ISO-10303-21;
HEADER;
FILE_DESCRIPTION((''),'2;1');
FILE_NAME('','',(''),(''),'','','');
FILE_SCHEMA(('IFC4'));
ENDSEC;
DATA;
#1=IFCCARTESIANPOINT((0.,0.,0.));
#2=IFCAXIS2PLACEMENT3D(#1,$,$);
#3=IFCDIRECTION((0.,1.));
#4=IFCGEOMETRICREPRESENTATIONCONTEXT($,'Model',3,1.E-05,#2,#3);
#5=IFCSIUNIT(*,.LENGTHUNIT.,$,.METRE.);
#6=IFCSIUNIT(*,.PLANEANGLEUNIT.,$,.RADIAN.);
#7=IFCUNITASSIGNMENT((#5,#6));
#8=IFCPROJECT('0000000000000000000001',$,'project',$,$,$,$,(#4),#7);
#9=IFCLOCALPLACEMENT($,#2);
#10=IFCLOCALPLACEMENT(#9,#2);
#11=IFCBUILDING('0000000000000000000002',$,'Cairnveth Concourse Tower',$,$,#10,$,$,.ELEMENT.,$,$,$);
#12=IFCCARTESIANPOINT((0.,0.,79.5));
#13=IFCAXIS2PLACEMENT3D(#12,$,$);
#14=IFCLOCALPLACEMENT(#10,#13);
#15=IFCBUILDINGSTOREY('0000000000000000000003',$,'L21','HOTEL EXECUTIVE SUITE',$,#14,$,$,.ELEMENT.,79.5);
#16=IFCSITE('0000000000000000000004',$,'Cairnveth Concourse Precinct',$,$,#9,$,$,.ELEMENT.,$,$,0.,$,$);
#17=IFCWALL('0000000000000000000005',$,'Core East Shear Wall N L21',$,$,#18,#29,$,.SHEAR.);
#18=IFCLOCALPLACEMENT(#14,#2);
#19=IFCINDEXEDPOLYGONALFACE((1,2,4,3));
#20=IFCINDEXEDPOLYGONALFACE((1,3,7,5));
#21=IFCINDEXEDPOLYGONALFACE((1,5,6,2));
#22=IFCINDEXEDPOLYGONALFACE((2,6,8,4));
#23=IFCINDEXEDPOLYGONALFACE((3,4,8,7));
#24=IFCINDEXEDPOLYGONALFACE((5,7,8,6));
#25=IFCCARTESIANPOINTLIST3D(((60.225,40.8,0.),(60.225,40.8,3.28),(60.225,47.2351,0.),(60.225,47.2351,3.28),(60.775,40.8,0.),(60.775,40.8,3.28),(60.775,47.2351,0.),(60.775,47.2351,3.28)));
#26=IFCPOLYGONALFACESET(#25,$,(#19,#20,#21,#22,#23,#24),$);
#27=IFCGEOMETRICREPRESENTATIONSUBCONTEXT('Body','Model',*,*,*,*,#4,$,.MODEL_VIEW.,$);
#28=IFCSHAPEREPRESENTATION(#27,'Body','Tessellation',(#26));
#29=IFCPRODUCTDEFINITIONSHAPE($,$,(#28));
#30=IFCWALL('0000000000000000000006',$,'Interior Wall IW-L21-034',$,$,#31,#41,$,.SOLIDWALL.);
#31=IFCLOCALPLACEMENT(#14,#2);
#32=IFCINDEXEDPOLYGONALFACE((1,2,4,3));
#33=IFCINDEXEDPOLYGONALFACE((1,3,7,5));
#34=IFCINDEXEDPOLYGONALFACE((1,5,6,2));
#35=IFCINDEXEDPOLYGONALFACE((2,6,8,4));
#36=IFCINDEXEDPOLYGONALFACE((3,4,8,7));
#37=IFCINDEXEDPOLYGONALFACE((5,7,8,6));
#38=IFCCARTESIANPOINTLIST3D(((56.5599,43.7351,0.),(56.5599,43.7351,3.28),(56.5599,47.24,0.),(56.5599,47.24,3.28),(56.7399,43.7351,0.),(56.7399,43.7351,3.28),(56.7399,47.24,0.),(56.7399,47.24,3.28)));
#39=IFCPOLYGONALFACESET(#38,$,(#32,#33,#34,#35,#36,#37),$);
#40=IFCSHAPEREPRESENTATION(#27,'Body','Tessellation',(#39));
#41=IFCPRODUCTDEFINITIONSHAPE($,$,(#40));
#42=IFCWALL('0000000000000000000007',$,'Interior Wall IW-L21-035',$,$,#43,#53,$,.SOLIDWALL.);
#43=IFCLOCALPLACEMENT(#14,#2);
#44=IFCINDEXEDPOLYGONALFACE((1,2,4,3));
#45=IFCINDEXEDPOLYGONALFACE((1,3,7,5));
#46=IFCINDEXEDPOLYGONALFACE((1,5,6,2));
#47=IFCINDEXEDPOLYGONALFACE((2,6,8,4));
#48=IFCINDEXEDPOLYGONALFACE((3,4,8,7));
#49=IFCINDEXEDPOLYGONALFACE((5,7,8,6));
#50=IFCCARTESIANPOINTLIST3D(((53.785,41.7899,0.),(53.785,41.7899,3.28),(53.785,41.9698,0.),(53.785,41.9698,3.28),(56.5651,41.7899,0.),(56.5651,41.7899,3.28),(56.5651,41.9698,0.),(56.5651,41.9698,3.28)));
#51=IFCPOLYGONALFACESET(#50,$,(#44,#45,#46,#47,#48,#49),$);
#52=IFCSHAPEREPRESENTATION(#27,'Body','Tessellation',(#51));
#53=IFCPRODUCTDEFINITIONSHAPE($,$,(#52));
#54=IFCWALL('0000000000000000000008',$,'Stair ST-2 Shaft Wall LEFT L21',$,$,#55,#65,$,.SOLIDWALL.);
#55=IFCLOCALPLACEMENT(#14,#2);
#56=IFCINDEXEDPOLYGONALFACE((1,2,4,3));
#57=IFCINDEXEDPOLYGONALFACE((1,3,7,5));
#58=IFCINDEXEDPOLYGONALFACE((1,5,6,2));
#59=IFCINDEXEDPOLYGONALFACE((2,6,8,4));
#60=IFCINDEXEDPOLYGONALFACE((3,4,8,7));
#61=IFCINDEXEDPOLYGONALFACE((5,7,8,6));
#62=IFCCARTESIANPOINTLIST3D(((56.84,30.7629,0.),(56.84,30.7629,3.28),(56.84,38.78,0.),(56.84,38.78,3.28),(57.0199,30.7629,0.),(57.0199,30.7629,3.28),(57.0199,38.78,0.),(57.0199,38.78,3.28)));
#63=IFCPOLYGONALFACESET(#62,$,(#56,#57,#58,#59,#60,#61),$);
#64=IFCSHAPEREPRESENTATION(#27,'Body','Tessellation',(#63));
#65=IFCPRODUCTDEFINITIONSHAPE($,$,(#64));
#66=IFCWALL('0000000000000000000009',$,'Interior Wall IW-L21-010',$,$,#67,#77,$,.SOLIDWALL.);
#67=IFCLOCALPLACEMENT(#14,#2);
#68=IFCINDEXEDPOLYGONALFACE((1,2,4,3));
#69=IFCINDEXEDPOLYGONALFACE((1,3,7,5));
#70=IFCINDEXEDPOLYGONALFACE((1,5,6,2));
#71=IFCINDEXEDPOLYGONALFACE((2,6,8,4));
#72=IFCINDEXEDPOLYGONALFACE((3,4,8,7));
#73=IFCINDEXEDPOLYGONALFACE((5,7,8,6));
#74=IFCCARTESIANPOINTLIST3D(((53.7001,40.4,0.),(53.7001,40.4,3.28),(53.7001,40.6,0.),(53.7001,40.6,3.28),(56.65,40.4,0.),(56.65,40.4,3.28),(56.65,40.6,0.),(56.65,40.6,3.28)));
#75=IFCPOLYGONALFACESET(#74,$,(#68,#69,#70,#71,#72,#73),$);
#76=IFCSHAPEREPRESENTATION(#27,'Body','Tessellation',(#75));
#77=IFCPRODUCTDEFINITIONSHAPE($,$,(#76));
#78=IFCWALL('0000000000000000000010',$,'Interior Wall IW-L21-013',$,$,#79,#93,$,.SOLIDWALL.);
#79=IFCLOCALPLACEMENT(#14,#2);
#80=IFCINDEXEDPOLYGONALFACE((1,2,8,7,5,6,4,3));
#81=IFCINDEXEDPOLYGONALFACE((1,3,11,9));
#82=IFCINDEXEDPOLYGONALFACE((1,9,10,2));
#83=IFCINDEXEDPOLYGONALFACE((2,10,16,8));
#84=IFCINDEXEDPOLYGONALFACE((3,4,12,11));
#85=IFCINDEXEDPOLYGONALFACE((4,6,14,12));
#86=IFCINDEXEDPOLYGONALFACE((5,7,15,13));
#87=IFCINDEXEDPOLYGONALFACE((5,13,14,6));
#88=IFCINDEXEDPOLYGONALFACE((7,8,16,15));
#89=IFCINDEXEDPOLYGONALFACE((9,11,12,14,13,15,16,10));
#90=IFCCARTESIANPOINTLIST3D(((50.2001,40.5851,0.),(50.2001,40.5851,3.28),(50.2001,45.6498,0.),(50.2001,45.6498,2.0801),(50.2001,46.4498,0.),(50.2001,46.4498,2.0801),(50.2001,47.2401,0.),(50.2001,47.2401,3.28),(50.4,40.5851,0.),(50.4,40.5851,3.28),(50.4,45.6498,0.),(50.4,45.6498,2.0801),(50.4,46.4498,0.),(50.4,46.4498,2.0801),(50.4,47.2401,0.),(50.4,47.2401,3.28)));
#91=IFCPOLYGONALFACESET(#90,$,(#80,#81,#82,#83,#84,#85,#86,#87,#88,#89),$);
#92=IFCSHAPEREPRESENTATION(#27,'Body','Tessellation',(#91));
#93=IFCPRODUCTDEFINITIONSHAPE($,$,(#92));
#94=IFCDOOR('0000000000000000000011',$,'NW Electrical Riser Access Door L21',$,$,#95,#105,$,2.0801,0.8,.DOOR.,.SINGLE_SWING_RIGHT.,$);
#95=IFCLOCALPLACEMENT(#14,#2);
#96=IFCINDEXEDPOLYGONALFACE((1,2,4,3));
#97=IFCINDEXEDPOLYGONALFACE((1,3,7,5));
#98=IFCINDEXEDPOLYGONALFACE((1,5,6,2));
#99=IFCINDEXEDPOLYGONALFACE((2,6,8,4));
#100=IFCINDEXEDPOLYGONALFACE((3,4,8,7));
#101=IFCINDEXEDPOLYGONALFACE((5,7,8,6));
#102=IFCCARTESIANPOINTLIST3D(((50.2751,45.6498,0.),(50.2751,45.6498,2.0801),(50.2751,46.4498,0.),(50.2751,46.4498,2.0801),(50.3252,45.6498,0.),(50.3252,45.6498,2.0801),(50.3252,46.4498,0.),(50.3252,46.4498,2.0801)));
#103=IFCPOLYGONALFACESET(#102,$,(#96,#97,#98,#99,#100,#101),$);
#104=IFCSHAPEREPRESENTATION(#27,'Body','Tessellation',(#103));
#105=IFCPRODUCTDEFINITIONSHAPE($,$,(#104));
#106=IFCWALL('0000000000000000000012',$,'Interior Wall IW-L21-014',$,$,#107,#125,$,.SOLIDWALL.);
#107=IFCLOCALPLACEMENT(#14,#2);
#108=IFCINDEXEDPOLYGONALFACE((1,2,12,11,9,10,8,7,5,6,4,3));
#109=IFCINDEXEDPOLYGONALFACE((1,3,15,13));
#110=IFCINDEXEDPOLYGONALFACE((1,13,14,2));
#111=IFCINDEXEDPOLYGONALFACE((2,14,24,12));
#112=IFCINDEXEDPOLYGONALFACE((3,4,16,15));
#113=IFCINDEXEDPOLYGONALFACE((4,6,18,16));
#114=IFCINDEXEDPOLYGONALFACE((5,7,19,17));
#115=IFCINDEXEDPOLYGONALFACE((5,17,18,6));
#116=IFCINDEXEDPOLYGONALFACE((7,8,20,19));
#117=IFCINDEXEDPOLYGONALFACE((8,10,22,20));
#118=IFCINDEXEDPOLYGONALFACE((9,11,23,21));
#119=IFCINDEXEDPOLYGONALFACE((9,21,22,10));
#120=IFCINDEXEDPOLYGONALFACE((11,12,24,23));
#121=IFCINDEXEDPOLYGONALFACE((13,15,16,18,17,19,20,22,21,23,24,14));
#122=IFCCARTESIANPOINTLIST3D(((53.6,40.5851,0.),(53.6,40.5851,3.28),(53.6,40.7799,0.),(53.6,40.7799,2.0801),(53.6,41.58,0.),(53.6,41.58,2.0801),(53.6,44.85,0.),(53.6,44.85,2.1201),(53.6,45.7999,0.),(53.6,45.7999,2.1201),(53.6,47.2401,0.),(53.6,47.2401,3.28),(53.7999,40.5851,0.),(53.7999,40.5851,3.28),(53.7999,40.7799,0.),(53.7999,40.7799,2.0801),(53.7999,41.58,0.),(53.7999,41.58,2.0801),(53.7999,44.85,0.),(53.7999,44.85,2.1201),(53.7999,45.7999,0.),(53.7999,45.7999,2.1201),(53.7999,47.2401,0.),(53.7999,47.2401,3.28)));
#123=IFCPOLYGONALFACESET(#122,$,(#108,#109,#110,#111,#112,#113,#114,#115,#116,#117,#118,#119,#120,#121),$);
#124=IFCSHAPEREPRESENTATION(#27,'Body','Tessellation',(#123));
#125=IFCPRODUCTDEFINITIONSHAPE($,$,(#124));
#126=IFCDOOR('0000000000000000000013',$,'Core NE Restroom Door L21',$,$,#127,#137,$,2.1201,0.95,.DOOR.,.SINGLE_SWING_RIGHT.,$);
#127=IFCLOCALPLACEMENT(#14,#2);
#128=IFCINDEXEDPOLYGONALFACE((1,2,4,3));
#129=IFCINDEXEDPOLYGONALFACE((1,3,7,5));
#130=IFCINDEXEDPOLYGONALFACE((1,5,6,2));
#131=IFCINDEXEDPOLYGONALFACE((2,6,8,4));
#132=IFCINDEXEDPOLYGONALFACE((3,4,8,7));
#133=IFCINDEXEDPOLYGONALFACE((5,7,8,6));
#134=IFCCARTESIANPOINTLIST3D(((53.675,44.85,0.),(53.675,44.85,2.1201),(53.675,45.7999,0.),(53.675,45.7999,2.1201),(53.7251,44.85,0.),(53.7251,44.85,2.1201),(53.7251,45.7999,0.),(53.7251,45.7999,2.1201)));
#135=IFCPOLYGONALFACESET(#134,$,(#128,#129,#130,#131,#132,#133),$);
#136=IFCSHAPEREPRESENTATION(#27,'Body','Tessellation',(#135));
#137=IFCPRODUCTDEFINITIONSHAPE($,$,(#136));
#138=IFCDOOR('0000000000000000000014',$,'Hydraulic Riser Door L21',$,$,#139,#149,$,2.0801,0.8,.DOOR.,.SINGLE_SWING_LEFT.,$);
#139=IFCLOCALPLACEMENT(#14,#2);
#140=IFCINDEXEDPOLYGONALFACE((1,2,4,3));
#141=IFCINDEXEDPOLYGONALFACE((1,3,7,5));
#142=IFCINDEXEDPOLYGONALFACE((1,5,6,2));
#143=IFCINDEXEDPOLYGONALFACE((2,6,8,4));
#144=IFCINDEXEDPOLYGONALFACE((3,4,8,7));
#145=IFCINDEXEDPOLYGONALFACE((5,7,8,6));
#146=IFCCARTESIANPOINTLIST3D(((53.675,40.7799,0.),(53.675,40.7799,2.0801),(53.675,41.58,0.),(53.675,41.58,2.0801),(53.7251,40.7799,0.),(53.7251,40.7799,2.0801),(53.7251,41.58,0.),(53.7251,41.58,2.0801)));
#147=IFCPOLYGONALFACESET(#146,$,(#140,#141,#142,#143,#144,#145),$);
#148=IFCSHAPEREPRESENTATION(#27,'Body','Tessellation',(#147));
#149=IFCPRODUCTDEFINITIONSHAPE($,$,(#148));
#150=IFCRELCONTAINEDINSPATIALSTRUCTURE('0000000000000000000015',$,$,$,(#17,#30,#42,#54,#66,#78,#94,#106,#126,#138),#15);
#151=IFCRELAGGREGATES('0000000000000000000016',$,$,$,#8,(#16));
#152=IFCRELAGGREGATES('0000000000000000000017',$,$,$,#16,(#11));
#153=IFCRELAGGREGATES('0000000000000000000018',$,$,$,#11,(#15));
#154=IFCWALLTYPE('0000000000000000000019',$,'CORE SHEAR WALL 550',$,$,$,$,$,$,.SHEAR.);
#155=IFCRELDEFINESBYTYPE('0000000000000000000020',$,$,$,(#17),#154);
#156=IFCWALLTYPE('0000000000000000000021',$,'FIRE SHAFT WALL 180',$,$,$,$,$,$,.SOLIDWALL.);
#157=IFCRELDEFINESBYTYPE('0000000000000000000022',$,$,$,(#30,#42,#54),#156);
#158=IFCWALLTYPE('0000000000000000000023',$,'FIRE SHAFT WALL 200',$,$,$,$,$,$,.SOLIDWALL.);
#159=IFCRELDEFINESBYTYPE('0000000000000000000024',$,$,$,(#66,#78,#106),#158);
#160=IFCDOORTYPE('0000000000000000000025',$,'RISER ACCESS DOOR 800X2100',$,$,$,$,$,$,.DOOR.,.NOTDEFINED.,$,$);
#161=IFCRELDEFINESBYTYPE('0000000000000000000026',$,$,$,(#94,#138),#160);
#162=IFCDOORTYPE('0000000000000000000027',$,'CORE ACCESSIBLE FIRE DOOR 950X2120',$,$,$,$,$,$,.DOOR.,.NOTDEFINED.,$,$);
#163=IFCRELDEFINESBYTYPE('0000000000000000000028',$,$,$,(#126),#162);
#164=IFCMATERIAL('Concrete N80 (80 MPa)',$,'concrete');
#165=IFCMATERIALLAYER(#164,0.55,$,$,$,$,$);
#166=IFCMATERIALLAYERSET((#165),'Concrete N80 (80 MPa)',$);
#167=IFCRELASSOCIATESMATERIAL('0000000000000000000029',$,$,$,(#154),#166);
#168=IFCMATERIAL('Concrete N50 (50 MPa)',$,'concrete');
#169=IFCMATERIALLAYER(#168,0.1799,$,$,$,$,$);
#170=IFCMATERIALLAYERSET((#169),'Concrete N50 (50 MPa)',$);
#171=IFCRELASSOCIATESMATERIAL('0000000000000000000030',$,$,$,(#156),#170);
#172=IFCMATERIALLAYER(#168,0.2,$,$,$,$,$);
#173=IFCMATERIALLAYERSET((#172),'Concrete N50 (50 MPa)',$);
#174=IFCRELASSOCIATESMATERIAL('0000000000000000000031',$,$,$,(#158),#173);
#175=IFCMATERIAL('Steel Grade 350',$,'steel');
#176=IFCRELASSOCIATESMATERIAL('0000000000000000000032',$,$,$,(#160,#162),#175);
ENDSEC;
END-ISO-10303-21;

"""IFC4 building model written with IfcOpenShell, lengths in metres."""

from ifc_helpers import new_model, si_unit, direction, frame, frame_2d, origin, place, context, subcontext, project, spatial, rectangle, extrude, material, layer, layer_set, type_object, element, fill, save


model = new_model("IFC4")

# Units and contexts
model_context = context("Model", 3, precision=1e-05, world=origin(), true_north=direction((0.0, 1.0)))
body_context = subcontext(model_context, "Body", "Model", "MODEL_VIEW")
ifc_project = project(units=[si_unit("LENGTHUNIT", "METRE"), si_unit("PLANEANGLEUNIT", "RADIAN")], contexts=[model_context])

# Site, building, storey
site_placement = place(None, origin())
site = spatial("IfcSite", under=ifc_project, at=site_placement, Name="Cairnveth Concourse Precinct", CompositionType="ELEMENT", RefElevation=0.0)
building_placement = place(site_placement, origin())
building = spatial("IfcBuilding", under=site, at=building_placement, Name="Cairnveth Concourse Tower", CompositionType="ELEMENT")
storey_placement = place(building_placement, frame((0.0, 0.0, 79.5)))
storey = spatial("IfcBuildingStorey", under=building, at=storey_placement, Name="L21", Description="HOTEL EXECUTIVE SUITE", CompositionType="ELEMENT", Elevation=79.5)

# Walls
ifc_material_1 = material(Name="Concrete N80 (80 MPa)", Category="concrete")
ifc_layer_1 = layer(ifc_material_1, 0.55)
ifc_layer_set_1 = layer_set([ifc_layer_1], Name="Concrete N80 (80 MPa)")
wall_type_1 = type_object("IfcWallType", Name="CORE SHEAR WALL 550", PredefinedType="SHEAR", material=ifc_layer_set_1)
wall_1_placement = place(storey_placement, frame((60.5, 40.8, 0.0), z_axis=(0.0, 0.0, 1.0), x_axis=(0.0, 1.0, 0.0)))
element("IfcWall", 1, at=wall_1_placement, inside=storey, type_object=wall_type_1, Name="Core East Shear Wall N L21", PredefinedType="SHEAR", context=body_context, shape_type="SweptSolid", body=[
    extrude(rectangle(XDim=6.4351, YDim=0.55, at=frame_2d((3.2175, 0.0))), origin(), (0.0, 0.0, 1.0), 3.28),
])
ifc_material_2 = material(Name="Concrete N50 (50 MPa)", Category="concrete")
ifc_layer_2 = layer(ifc_material_2, 0.1799)
ifc_layer_set_2 = layer_set([ifc_layer_2], Name="Concrete N50 (50 MPa)")
wall_type_2 = type_object("IfcWallType", Name="FIRE SHAFT WALL 180", PredefinedType="SOLIDWALL", material=ifc_layer_set_2)
wall_2_placement = place(storey_placement, frame((56.6499, 43.7351, 0.0), z_axis=(0.0, 0.0, 1.0), x_axis=(0.0, 1.0, 0.0)))
element("IfcWall", 2, at=wall_2_placement, inside=storey, type_object=wall_type_2, Name="Interior Wall IW-L21-034", PredefinedType="SOLIDWALL", context=body_context, shape_type="SweptSolid", body=[
    extrude(rectangle(XDim=3.5049, YDim=0.1799, at=frame_2d((1.7524, 0.0))), origin(), (0.0, 0.0, 1.0), 3.28),
])
wall_3_placement = place(storey_placement, frame((53.7849, 41.8799, 0.0), z_axis=(0.0, 0.0, 1.0), x_axis=(1.0, 0.0, 0.0)))
element("IfcWall", 3, at=wall_3_placement, inside=storey, type_object=wall_type_2, Name="Interior Wall IW-L21-035", PredefinedType="SOLIDWALL", context=body_context, shape_type="SweptSolid", body=[
    extrude(rectangle(XDim=2.78, YDim=0.1799, at=frame_2d((1.3901, 0.0))), origin(), (0.0, 0.0, 1.0), 3.28),
])
wall_4_placement = place(storey_placement, frame((56.9299, 38.78, 0.0), z_axis=(0.0, 0.0, 1.0), x_axis=(0.0, -1.0, 0.0)))
element("IfcWall", 4, at=wall_4_placement, inside=storey, type_object=wall_type_2, Name="Stair ST-2 Shaft Wall LEFT L21", PredefinedType="SOLIDWALL", context=body_context, shape_type="SweptSolid", body=[
    extrude(rectangle(XDim=8.0171, YDim=0.1799, at=frame_2d((4.0085, 0.0))), origin(), (0.0, 0.0, 1.0), 3.28),
])
ifc_layer_3 = layer(ifc_material_2, 0.2)
ifc_layer_set_3 = layer_set([ifc_layer_3], Name="Concrete N50 (50 MPa)")
wall_type_3 = type_object("IfcWallType", Name="FIRE SHAFT WALL 200", PredefinedType="SOLIDWALL", material=ifc_layer_set_3)
wall_5_placement = place(storey_placement, frame((53.7, 40.5, 0.0), z_axis=(0.0, 0.0, 1.0), x_axis=(1.0, 0.0, 0.0)))
element("IfcWall", 5, at=wall_5_placement, inside=storey, type_object=wall_type_3, Name="Interior Wall IW-L21-010", PredefinedType="SOLIDWALL", context=body_context, shape_type="SweptSolid", body=[
    extrude(rectangle(XDim=2.95, YDim=0.2, at=frame_2d((1.4751, 0.0))), origin(), (0.0, 0.0, 1.0), 3.28),
])

# Wall, opening, door
wall_6_placement = place(storey_placement, frame((50.3, 40.585, 0.0), z_axis=(0.0, 0.0, 1.0), x_axis=(0.0, 1.0, 0.0)))
wall_6 = element("IfcWall", 6, at=wall_6_placement, inside=storey, type_object=wall_type_3, Name="Interior Wall IW-L21-013", PredefinedType="SOLIDWALL", context=body_context, shape_type="SweptSolid", body=[
    extrude(rectangle(XDim=6.655, YDim=0.2, at=frame_2d((3.3276, 0.0))), origin(), (0.0, 0.0, 1.0), 3.28),
])
opening_1_placement = place(wall_6_placement, frame((5.0649, 0.0, 0.0)))
opening_1 = element("IfcOpeningElement", 7, at=opening_1_placement, cuts=wall_6, PredefinedType="OPENING", context=body_context, shape_type="SweptSolid", body=[
    extrude(rectangle(XDim=0.8, YDim=2.0801, at=frame_2d((0.3999, 1.04))), frame((0.0, 0.1099, 0.0), z_axis=(0.0, -1.0, 0.0), x_axis=(1.0, 0.0, 0.0)), (0.0, 0.0, 1.0), 0.22),
])
ifc_material_3 = material(Name="Steel Grade 350", Category="steel")
door_type_1 = type_object("IfcDoorType", Name="RISER ACCESS DOOR 800X2100", OperationType="NOTDEFINED", PredefinedType="DOOR", material=ifc_material_3)
door_1_placement = place(opening_1_placement, origin())
door_1 = element("IfcDoor", 8, at=door_1_placement, inside=storey, type_object=door_type_1, Name="NW Electrical Riser Access Door L21", OperationType="SINGLE_SWING_RIGHT", OverallHeight=2.0801, OverallWidth=0.8, PredefinedType="DOOR", context=body_context, shape_type="SweptSolid", body=[
    extrude(rectangle(XDim=0.8, YDim=2.0801, at=frame_2d((0.3999, 1.04))), frame((0.0, 0.0249, 0.0), z_axis=(0.0, -1.0, 0.0), x_axis=(1.0, 0.0, 0.0)), (0.0, 0.0, 1.0), 0.05),
])
fill(opening_1, door_1)

# Wall, openings, doors
wall_7_placement = place(storey_placement, frame((53.7, 40.585, 0.0), z_axis=(0.0, 0.0, 1.0), x_axis=(0.0, 1.0, 0.0)))
wall_7 = element("IfcWall", 9, at=wall_7_placement, inside=storey, type_object=wall_type_3, Name="Interior Wall IW-L21-014", PredefinedType="SOLIDWALL", context=body_context, shape_type="SweptSolid", body=[
    extrude(rectangle(XDim=6.655, YDim=0.2, at=frame_2d((3.3276, 0.0))), origin(), (0.0, 0.0, 1.0), 3.28),
])
opening_2_placement = place(wall_7_placement, frame((0.1951, 0.0, 0.0)))
opening_2 = element("IfcOpeningElement", 10, at=opening_2_placement, cuts=wall_7, PredefinedType="OPENING", context=body_context, shape_type="SweptSolid", body=[
    extrude(rectangle(XDim=0.8, YDim=2.0801, at=frame_2d((0.3999, 1.04))), frame((0.0, 0.1099, 0.0), z_axis=(0.0, -1.0, 0.0), x_axis=(1.0, 0.0, 0.0)), (0.0, 0.0, 1.0), 0.22),
])
opening_3_placement = place(wall_7_placement, frame((4.2649, 0.0, 0.0)))
opening_3 = element("IfcOpeningElement", 11, at=opening_3_placement, cuts=wall_7, PredefinedType="OPENING", context=body_context, shape_type="SweptSolid", body=[
    extrude(rectangle(XDim=0.95, YDim=2.1201, at=frame_2d((0.4751, 1.0601))), frame((0.0, 0.1099, 0.0), z_axis=(0.0, -1.0, 0.0), x_axis=(1.0, 0.0, 0.0)), (0.0, 0.0, 1.0), 0.22),
])
door_type_2 = type_object("IfcDoorType", Name="CORE ACCESSIBLE FIRE DOOR 950X2120", OperationType="NOTDEFINED", PredefinedType="DOOR", material=ifc_material_3)
door_2_placement = place(opening_3_placement, origin())
door_2 = element("IfcDoor", 12, at=door_2_placement, inside=storey, type_object=door_type_2, Name="Core NE Restroom Door L21", OperationType="SINGLE_SWING_RIGHT", OverallHeight=2.1201, OverallWidth=0.95, PredefinedType="DOOR", context=body_context, shape_type="SweptSolid", body=[
    extrude(rectangle(XDim=0.95, YDim=2.1201, at=frame_2d((0.4751, 1.0601))), frame((0.0, 0.0249, 0.0), z_axis=(0.0, -1.0, 0.0), x_axis=(1.0, 0.0, 0.0)), (0.0, 0.0, 1.0), 0.05),
])
fill(opening_3, door_2)
door_3_placement = place(opening_2_placement, origin())
door_3 = element("IfcDoor", 13, at=door_3_placement, inside=storey, type_object=door_type_1, Name="Hydraulic Riser Door L21", OperationType="SINGLE_SWING_LEFT", OverallHeight=2.0801, OverallWidth=0.8, PredefinedType="DOOR", context=body_context, shape_type="SweptSolid", body=[
    extrude(rectangle(XDim=0.8, YDim=2.0801, at=frame_2d((0.3999, 1.04))), frame((0.0, 0.0249, 0.0), z_axis=(0.0, -1.0, 0.0), x_axis=(1.0, 0.0, 0.0)), (0.0, 0.0, 1.0), 0.05),
])
fill(opening_2, door_3)

save(model, "model.ifc")
